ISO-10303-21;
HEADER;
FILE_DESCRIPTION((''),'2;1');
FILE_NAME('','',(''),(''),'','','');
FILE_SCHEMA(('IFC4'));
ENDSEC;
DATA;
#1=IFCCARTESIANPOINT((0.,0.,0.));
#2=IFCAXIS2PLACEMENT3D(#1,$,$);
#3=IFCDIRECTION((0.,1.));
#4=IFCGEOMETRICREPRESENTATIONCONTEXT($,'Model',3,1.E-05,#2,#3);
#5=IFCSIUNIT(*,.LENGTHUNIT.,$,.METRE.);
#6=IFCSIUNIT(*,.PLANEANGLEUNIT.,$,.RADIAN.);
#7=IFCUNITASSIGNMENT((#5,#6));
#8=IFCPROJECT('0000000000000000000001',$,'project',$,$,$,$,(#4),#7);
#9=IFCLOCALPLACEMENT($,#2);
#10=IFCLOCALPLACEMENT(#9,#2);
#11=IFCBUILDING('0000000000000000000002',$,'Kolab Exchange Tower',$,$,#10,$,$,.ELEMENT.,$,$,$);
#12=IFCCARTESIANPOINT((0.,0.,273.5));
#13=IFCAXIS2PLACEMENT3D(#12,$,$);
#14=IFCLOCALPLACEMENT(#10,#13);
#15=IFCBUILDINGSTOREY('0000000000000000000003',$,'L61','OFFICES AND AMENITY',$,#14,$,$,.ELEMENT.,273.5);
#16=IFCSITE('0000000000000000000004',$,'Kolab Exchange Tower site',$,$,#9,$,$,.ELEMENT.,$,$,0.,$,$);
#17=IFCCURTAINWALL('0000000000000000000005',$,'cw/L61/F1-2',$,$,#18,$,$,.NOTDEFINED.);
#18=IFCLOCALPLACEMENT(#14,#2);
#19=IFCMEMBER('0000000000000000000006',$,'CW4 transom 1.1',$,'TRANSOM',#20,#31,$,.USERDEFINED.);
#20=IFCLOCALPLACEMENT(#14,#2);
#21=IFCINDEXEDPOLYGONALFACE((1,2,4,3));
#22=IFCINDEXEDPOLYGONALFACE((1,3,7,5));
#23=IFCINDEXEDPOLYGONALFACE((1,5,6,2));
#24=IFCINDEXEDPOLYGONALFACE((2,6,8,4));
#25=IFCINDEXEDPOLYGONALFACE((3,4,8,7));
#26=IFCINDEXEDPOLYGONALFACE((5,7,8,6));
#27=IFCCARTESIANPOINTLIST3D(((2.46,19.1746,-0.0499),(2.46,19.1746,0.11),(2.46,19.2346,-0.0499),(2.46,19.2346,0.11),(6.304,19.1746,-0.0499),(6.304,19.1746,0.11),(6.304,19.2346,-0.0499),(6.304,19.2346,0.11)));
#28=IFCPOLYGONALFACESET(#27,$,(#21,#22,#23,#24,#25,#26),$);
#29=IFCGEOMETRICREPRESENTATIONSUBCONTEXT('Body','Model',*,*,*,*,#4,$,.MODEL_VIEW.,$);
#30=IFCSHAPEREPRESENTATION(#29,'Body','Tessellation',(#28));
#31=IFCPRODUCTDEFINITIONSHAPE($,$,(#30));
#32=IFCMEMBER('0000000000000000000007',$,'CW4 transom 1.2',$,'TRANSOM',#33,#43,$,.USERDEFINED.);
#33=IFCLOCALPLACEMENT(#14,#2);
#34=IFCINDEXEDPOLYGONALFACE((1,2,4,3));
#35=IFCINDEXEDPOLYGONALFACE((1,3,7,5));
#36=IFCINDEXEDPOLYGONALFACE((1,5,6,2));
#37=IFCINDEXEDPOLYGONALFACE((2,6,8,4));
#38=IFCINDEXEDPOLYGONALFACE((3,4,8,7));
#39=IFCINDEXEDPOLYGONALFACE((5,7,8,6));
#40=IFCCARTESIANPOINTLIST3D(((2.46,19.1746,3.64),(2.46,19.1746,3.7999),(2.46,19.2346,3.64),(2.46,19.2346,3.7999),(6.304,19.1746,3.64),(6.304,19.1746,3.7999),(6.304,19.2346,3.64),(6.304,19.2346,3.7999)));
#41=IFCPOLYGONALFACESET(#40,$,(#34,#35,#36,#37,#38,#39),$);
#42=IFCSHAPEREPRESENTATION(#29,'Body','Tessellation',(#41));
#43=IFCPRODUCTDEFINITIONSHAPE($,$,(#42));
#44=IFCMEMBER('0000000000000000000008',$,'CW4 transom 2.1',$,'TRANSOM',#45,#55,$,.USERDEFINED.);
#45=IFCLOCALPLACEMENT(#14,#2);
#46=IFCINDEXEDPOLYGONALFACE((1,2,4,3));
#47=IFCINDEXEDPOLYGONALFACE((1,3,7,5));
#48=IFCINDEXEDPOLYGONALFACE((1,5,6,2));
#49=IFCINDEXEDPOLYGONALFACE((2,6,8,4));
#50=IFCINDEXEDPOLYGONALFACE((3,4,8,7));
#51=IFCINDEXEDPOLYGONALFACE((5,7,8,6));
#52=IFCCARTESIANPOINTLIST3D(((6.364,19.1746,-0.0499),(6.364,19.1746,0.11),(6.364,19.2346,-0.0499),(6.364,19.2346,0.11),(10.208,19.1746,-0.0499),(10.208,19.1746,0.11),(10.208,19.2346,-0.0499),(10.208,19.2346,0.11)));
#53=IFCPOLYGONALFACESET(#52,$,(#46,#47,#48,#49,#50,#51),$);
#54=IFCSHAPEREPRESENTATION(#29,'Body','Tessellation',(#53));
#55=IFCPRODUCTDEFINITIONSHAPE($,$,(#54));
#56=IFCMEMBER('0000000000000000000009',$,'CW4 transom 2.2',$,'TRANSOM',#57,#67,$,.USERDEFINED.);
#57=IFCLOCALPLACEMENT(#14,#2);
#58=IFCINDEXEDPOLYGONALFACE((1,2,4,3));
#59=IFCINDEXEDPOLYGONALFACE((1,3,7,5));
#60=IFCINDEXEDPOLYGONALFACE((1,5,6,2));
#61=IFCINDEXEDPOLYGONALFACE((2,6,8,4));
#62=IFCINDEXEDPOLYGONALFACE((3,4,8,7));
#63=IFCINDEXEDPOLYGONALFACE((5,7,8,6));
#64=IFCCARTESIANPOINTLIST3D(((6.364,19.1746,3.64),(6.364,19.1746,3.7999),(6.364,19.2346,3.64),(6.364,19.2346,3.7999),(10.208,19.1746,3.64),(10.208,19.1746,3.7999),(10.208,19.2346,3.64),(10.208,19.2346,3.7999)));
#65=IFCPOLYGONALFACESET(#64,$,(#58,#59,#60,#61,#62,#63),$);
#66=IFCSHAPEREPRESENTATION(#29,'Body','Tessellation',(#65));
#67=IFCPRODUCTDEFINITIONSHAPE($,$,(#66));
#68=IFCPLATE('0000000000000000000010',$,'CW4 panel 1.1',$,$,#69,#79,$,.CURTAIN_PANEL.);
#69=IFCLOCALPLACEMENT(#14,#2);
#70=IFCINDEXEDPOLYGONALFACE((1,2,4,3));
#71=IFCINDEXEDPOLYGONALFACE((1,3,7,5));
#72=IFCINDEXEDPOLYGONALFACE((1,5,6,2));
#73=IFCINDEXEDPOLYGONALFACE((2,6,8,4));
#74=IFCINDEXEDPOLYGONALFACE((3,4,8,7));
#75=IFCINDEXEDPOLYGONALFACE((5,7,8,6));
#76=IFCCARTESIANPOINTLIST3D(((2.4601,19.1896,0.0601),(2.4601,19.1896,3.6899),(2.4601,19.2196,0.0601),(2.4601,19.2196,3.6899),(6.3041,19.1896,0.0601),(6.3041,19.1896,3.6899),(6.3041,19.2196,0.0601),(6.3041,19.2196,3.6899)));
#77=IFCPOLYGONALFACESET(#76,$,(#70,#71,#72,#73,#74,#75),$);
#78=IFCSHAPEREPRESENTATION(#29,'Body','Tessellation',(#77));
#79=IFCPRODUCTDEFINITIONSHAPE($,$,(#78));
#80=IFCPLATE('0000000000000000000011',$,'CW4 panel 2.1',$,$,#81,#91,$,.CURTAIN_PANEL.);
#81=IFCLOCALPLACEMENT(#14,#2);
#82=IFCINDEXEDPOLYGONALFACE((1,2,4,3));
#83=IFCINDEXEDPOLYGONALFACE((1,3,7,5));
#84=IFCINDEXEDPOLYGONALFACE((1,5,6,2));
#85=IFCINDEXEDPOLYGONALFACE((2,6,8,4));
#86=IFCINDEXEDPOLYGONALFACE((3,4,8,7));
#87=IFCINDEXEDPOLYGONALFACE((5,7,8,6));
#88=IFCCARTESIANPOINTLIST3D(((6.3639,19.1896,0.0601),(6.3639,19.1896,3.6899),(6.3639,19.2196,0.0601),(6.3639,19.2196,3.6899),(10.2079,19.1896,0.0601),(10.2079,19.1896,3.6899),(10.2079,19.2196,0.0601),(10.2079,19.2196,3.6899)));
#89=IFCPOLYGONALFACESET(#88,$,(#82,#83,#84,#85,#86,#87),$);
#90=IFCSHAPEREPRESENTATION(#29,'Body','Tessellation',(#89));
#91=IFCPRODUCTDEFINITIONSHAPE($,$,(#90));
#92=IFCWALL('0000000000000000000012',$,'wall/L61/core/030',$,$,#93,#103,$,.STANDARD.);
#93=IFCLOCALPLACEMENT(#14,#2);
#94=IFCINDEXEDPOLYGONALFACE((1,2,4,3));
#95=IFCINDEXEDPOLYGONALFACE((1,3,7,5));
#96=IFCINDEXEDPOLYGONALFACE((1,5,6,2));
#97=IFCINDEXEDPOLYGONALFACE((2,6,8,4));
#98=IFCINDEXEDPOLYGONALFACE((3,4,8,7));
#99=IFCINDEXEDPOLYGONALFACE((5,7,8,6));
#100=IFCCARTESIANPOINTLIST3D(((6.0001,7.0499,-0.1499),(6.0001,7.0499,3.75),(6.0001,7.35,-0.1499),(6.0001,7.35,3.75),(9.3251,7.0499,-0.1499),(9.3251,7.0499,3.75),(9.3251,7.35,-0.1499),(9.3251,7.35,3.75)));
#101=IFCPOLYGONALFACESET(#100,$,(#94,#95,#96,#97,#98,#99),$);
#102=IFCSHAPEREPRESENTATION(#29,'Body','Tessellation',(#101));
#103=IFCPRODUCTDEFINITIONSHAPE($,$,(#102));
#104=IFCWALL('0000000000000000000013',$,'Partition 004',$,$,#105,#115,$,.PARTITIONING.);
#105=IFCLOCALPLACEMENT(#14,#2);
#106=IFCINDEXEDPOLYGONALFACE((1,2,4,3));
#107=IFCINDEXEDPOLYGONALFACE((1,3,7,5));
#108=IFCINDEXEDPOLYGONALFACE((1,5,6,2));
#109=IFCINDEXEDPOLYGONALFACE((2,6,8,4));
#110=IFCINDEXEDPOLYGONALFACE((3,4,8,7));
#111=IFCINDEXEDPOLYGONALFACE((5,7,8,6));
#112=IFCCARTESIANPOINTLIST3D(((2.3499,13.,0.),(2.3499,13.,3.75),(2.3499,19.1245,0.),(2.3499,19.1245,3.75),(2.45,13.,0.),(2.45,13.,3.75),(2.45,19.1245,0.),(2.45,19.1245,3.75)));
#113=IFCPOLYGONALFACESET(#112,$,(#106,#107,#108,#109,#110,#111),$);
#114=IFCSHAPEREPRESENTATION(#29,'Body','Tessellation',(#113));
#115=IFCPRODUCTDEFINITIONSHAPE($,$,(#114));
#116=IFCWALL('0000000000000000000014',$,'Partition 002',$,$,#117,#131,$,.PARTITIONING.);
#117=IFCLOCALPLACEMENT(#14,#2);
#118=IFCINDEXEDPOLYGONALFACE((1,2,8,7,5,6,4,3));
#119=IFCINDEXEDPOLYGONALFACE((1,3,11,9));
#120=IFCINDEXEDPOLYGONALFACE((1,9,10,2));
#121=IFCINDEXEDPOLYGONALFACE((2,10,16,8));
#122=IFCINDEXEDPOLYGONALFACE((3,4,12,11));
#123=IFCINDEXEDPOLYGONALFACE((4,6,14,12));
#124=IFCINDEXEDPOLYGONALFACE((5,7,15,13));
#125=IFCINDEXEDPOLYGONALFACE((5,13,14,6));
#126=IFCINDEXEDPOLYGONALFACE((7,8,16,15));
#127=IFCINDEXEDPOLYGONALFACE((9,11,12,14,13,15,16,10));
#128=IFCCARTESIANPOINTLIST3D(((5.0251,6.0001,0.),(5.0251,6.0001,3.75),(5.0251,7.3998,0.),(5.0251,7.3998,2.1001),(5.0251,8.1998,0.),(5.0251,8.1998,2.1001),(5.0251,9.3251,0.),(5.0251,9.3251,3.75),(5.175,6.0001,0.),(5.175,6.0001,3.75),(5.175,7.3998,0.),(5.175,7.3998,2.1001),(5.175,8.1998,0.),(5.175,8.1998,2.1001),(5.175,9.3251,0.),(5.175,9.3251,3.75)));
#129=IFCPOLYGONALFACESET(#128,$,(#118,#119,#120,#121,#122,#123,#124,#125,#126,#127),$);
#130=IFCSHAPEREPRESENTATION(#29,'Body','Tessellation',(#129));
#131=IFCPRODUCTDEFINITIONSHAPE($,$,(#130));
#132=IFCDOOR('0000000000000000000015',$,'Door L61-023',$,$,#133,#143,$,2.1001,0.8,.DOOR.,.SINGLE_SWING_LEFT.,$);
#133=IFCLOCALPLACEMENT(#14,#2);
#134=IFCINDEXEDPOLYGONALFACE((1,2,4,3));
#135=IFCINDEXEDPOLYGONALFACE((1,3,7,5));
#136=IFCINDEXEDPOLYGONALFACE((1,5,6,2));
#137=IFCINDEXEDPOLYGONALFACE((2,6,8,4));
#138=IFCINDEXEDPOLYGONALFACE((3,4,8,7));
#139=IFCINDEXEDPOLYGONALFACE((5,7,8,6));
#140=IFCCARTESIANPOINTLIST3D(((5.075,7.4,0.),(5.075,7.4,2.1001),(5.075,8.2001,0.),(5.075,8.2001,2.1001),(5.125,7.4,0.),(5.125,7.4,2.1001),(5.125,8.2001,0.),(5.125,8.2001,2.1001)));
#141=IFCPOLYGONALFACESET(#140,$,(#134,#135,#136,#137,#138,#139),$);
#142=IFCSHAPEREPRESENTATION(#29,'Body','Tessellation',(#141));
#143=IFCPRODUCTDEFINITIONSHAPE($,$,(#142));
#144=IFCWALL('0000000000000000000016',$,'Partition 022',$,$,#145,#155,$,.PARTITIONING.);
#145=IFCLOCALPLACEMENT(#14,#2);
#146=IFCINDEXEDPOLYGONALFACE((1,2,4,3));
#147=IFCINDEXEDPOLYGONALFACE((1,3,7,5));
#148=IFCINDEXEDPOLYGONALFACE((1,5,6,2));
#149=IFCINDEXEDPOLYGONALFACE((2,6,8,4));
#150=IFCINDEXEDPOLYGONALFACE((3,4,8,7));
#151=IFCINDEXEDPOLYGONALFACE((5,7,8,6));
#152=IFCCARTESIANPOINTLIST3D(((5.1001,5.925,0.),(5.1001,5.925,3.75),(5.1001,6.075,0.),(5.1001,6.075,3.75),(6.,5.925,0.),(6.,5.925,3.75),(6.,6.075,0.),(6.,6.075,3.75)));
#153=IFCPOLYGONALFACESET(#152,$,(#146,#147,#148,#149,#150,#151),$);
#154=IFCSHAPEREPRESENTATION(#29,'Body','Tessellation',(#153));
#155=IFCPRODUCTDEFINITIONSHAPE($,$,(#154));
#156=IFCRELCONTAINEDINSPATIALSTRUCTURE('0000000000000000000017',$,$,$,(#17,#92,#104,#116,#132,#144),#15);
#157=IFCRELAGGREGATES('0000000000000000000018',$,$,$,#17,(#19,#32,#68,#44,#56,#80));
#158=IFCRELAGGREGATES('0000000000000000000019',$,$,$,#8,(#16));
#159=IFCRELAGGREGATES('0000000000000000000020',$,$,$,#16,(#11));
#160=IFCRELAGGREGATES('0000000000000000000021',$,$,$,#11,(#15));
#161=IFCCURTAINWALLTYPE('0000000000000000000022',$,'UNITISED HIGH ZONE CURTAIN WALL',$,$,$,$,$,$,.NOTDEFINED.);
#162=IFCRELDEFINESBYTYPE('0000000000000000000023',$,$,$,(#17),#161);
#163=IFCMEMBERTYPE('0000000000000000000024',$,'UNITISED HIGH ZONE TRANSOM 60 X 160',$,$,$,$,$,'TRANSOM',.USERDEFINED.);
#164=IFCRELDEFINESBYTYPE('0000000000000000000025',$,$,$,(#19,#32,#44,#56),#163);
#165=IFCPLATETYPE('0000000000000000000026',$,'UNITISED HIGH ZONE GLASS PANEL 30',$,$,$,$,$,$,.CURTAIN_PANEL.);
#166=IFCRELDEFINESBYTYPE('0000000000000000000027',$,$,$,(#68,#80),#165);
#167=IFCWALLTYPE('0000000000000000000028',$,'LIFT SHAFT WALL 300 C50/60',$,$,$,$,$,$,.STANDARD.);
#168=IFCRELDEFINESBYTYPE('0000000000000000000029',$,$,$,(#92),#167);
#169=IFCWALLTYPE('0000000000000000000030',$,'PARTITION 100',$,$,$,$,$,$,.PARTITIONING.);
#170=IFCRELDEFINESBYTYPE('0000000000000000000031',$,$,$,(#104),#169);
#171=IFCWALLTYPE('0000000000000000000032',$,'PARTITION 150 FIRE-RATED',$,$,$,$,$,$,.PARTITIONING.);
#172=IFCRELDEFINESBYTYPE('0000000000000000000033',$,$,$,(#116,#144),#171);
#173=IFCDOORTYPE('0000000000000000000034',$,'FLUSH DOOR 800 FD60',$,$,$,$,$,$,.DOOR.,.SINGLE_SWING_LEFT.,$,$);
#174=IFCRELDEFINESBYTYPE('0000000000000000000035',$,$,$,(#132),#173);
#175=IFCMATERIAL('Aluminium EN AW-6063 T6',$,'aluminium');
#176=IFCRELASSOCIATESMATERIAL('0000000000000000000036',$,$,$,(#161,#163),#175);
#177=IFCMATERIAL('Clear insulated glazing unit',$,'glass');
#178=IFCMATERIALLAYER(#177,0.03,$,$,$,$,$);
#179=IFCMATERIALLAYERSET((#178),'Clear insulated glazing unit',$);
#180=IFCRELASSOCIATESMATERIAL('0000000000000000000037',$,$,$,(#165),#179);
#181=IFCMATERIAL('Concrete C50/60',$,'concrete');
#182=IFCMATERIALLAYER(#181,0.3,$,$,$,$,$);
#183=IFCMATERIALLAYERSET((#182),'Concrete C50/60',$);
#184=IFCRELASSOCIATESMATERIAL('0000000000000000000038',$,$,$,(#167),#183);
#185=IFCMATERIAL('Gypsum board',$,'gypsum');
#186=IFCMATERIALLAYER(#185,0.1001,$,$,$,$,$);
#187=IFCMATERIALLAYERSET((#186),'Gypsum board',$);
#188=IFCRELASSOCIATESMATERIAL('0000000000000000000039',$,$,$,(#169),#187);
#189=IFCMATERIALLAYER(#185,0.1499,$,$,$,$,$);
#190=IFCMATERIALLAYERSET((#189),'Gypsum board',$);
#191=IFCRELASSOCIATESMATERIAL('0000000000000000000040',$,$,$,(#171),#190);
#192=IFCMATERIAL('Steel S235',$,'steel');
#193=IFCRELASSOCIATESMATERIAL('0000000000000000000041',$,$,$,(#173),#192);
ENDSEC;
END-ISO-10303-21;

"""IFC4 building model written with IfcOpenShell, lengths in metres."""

from ifc_helpers import new_model, si_unit, direction, frame, frame_2d, origin, origin_2d, place, context, subcontext, project, spatial, rectangle, extrude, material, layer, layer_set, material_profile, profile_set, type_object, element, fill, aggregate, save


model = new_model("IFC4")

# Units and contexts
model_context = context("Model", 3, precision=1e-05, world=origin(), true_north=direction((0.0, 1.0)))
body_context = subcontext(model_context, "Body", "Model", "MODEL_VIEW")
ifc_project = project(units=[si_unit("LENGTHUNIT", "METRE"), si_unit("PLANEANGLEUNIT", "RADIAN")], contexts=[model_context])

# Site, building, storey
site_placement = place(None, origin())
site = spatial("IfcSite", under=ifc_project, at=site_placement, Name="Kolab Exchange Tower site", CompositionType="ELEMENT", RefElevation=0.0)
building_placement = place(site_placement, origin())
building = spatial("IfcBuilding", under=site, at=building_placement, Name="Kolab Exchange Tower", CompositionType="ELEMENT")
storey_placement = place(building_placement, frame((0.0, 0.0, 273.5)))
storey = spatial("IfcBuildingStorey", under=building, at=storey_placement, Name="L61", Description="OFFICES AND AMENITY", CompositionType="ELEMENT", Elevation=273.5)

# Shared definitions
ifc_material_1 = material(Name="Concrete C50/60", Category="concrete")

# Curtain wall
ifc_material_2 = material(Name="Aluminium EN AW-6063 T6", Category="aluminium")
curtain_wall_type = type_object("IfcCurtainWallType", Name="UNITISED HIGH ZONE CURTAIN WALL", PredefinedType="NOTDEFINED", material=ifc_material_2)
curtain_wall_1_placement = place(storey_placement, origin())
curtain_wall_1 = element("IfcCurtainWall", 1, at=curtain_wall_1_placement, inside=storey, type_object=curtain_wall_type, Name="cw/L61/F1-2", PredefinedType="NOTDEFINED")

# Members
ifc_material_profile_1 = material_profile(ifc_material_2, rectangle(XDim=0.0601, YDim=0.1599, at=origin_2d()), Name="RECT 60X160")
ifc_profile_set_1 = profile_set([ifc_material_profile_1], Name="Aluminium EN AW-6063 T6")
member_type_1 = type_object("IfcMemberType", Name="UNITISED HIGH ZONE TRANSOM 60 X 160", ElementType="TRANSOM", PredefinedType="USERDEFINED", material=ifc_profile_set_1)
member_1_placement = place(storey_placement, frame((2.46, 19.2046, 0.03), z_axis=(1.0, 0.0, 0.0), x_axis=(0.0, 1.0, 0.0)))
member_1 = element("IfcMember", 2, at=member_1_placement, type_object=member_type_1, Name="CW4 transom 1.1", ObjectType="TRANSOM", PredefinedType="USERDEFINED", context=body_context, shape_type="SweptSolid", body=[
    extrude(rectangle(XDim=0.0601, YDim=0.1599, at=origin_2d()), origin(), (0.0, 0.0, 1.0), 3.844),
])
member_2_placement = place(storey_placement, frame((2.46, 19.2046, 3.72), z_axis=(1.0, 0.0, 0.0), x_axis=(0.0, 1.0, 0.0)))
member_2 = element("IfcMember", 3, at=member_2_placement, type_object=member_type_1, Name="CW4 transom 1.2", ObjectType="TRANSOM", PredefinedType="USERDEFINED", context=body_context, shape_type="SweptSolid", body=[
    extrude(rectangle(XDim=0.0601, YDim=0.1599, at=origin_2d()), origin(), (0.0, 0.0, 1.0), 3.844),
])
member_3_placement = place(storey_placement, frame((6.364, 19.2046, 0.03), z_axis=(1.0, 0.0, 0.0), x_axis=(0.0, 1.0, 0.0)))
member_3 = element("IfcMember", 4, at=member_3_placement, type_object=member_type_1, Name="CW4 transom 2.1", ObjectType="TRANSOM", PredefinedType="USERDEFINED", context=body_context, shape_type="SweptSolid", body=[
    extrude(rectangle(XDim=0.0601, YDim=0.1599, at=origin_2d()), origin(), (0.0, 0.0, 1.0), 3.844),
])
member_4_placement = place(storey_placement, frame((6.364, 19.2046, 3.72), z_axis=(1.0, 0.0, 0.0), x_axis=(0.0, 1.0, 0.0)))
member_4 = element("IfcMember", 5, at=member_4_placement, type_object=member_type_1, Name="CW4 transom 2.2", ObjectType="TRANSOM", PredefinedType="USERDEFINED", context=body_context, shape_type="SweptSolid", body=[
    extrude(rectangle(XDim=0.0601, YDim=0.1599, at=origin_2d()), origin(), (0.0, 0.0, 1.0), 3.844),
])

# Plates
ifc_material_3 = material(Name="Clear insulated glazing unit", Category="glass")
ifc_layer_1 = layer(ifc_material_3, 0.03)
ifc_layer_set_1 = layer_set([ifc_layer_1], Name="Clear insulated glazing unit")
plate_type = type_object("IfcPlateType", Name="UNITISED HIGH ZONE GLASS PANEL 30", PredefinedType="CURTAIN_PANEL", material=ifc_layer_set_1)
plate_1_placement = place(storey_placement, frame((4.3821, 19.2046, 0.0601), z_axis=(0.0, 0.0, 1.0), x_axis=(1.0, 0.0, 0.0)))
plate_1 = element("IfcPlate", 6, at=plate_1_placement, type_object=plate_type, Name="CW4 panel 1.1", PredefinedType="CURTAIN_PANEL", context=body_context, shape_type="SweptSolid", body=[
    extrude(rectangle(XDim=3.844, YDim=0.03, at=origin_2d()), origin(), (0.0, 0.0, 1.0), 3.6299),
])
plate_2_placement = place(storey_placement, frame((8.2859, 19.2046, 0.0601), z_axis=(0.0, 0.0, 1.0), x_axis=(1.0, 0.0, 0.0)))
plate_2 = element("IfcPlate", 7, at=plate_2_placement, type_object=plate_type, Name="CW4 panel 2.1", PredefinedType="CURTAIN_PANEL", context=body_context, shape_type="SweptSolid", body=[
    extrude(rectangle(XDim=3.844, YDim=0.03, at=origin_2d()), origin(), (0.0, 0.0, 1.0), 3.6299),
])
aggregate(curtain_wall_1, [member_1, member_2, plate_1, member_3, member_4, plate_2])

# Walls
ifc_layer_2 = layer(ifc_material_1, 0.3)
ifc_layer_set_2 = layer_set([ifc_layer_2], Name="Concrete C50/60")
wall_type_1 = type_object("IfcWallType", Name="LIFT SHAFT WALL 300 C50/60", PredefinedType="STANDARD", material=ifc_layer_set_2)
wall_1_placement = place(storey_placement, frame((6.0, 7.2, -0.1499), z_axis=(0.0, 0.0, 1.0), x_axis=(1.0, 0.0, 0.0)))
element("IfcWall", 8, at=wall_1_placement, inside=storey, type_object=wall_type_1, Name="wall/L61/core/030", PredefinedType="STANDARD", context=body_context, shape_type="SweptSolid", body=[
    extrude(rectangle(XDim=3.325, YDim=0.3, at=frame_2d((1.6626, 0.0))), origin(), (0.0, 0.0, 1.0), 3.8999),
])
ifc_material_4 = material(Name="Gypsum board", Category="gypsum")
ifc_layer_3 = layer(ifc_material_4, 0.1001)
ifc_layer_set_3 = layer_set([ifc_layer_3], Name="Gypsum board")
wall_type_2 = type_object("IfcWallType", Name="PARTITION 100", PredefinedType="PARTITIONING", material=ifc_layer_set_3)
wall_2_placement = place(storey_placement, frame((2.3999, 13.0, 0.0), z_axis=(0.0, 0.0, 1.0), x_axis=(0.0, 1.0, 0.0)))
element("IfcWall", 9, at=wall_2_placement, inside=storey, type_object=wall_type_2, Name="Partition 004", PredefinedType="PARTITIONING", context=body_context, shape_type="SweptSolid", body=[
    extrude(rectangle(XDim=6.1245, YDim=0.1001, at=frame_2d((3.0623, 0.0))), origin(), (0.0, 0.0, 1.0), 3.75),
])

# Wall, opening, door
ifc_layer_4 = layer(ifc_material_4, 0.1499)
ifc_layer_set_4 = layer_set([ifc_layer_4], Name="Gypsum board")
wall_type_3 = type_object("IfcWallType", Name="PARTITION 150 FIRE-RATED", PredefinedType="PARTITIONING", material=ifc_layer_set_4)
wall_3_placement = place(storey_placement, frame((5.1001, 6.0, 0.0), z_axis=(0.0, 0.0, 1.0), x_axis=(0.0, 1.0, 0.0)))
wall_3 = element("IfcWall", 10, at=wall_3_placement, inside=storey, type_object=wall_type_3, Name="Partition 002", PredefinedType="PARTITIONING", context=body_context, shape_type="SweptSolid", body=[
    extrude(rectangle(XDim=3.325, YDim=0.1499, at=frame_2d((1.6626, 0.0))), origin(), (0.0, 0.0, 1.0), 3.75),
])
opening_1_placement = place(wall_3_placement, frame((1.3999, 0.0, 0.0)))
opening_1 = element("IfcOpeningElement", 11, at=opening_1_placement, cuts=wall_3, PredefinedType="OPENING", context=body_context, shape_type="SweptSolid", body=[
    extrude(rectangle(XDim=0.8, YDim=2.1001, at=frame_2d((0.3999, 1.05))), frame((0.0, 0.085, 0.0), z_axis=(0.0, -1.0, 0.0), x_axis=(1.0, 0.0, 0.0)), (0.0, 0.0, 1.0), 0.1699),
])
ifc_material_5 = material(Name="Steel S235", Category="steel")
door_type_1 = type_object("IfcDoorType", Name="FLUSH DOOR 800 FD60", OperationType="SINGLE_SWING_LEFT", PredefinedType="DOOR", material=ifc_material_5)
door_1_placement = place(opening_1_placement, frame((0.8, 0.0, 0.0), z_axis=(0.0, 0.0, 1.0), x_axis=(-1.0, 0.0, 0.0)))
door_1 = element("IfcDoor", 12, at=door_1_placement, inside=storey, type_object=door_type_1, Name="Door L61-023", OperationType="SINGLE_SWING_LEFT", OverallHeight=2.1001, OverallWidth=0.8, PredefinedType="DOOR", context=body_context, shape_type="SweptSolid", body=[
    extrude(rectangle(XDim=0.8, YDim=2.1001, at=frame_2d((0.3999, 1.05))), frame((0.0, 0.0249, 0.0), z_axis=(0.0, -1.0, 0.0), x_axis=(1.0, 0.0, 0.0)), (0.0, 0.0, 1.0), 0.05),
])
fill(opening_1, door_1)

# Wall
wall_4_placement = place(storey_placement, frame((5.1001, 6.0, 0.0), z_axis=(0.0, 0.0, 1.0), x_axis=(1.0, 0.0, 0.0)))
element("IfcWall", 13, at=wall_4_placement, inside=storey, type_object=wall_type_3, Name="Partition 022", PredefinedType="PARTITIONING", context=body_context, shape_type="SweptSolid", body=[
    extrude(rectangle(XDim=0.8999, YDim=0.1499, at=frame_2d((0.45, 0.0))), origin(), (0.0, 0.0, 1.0), 3.75),
])

save(model, "model.ifc")
